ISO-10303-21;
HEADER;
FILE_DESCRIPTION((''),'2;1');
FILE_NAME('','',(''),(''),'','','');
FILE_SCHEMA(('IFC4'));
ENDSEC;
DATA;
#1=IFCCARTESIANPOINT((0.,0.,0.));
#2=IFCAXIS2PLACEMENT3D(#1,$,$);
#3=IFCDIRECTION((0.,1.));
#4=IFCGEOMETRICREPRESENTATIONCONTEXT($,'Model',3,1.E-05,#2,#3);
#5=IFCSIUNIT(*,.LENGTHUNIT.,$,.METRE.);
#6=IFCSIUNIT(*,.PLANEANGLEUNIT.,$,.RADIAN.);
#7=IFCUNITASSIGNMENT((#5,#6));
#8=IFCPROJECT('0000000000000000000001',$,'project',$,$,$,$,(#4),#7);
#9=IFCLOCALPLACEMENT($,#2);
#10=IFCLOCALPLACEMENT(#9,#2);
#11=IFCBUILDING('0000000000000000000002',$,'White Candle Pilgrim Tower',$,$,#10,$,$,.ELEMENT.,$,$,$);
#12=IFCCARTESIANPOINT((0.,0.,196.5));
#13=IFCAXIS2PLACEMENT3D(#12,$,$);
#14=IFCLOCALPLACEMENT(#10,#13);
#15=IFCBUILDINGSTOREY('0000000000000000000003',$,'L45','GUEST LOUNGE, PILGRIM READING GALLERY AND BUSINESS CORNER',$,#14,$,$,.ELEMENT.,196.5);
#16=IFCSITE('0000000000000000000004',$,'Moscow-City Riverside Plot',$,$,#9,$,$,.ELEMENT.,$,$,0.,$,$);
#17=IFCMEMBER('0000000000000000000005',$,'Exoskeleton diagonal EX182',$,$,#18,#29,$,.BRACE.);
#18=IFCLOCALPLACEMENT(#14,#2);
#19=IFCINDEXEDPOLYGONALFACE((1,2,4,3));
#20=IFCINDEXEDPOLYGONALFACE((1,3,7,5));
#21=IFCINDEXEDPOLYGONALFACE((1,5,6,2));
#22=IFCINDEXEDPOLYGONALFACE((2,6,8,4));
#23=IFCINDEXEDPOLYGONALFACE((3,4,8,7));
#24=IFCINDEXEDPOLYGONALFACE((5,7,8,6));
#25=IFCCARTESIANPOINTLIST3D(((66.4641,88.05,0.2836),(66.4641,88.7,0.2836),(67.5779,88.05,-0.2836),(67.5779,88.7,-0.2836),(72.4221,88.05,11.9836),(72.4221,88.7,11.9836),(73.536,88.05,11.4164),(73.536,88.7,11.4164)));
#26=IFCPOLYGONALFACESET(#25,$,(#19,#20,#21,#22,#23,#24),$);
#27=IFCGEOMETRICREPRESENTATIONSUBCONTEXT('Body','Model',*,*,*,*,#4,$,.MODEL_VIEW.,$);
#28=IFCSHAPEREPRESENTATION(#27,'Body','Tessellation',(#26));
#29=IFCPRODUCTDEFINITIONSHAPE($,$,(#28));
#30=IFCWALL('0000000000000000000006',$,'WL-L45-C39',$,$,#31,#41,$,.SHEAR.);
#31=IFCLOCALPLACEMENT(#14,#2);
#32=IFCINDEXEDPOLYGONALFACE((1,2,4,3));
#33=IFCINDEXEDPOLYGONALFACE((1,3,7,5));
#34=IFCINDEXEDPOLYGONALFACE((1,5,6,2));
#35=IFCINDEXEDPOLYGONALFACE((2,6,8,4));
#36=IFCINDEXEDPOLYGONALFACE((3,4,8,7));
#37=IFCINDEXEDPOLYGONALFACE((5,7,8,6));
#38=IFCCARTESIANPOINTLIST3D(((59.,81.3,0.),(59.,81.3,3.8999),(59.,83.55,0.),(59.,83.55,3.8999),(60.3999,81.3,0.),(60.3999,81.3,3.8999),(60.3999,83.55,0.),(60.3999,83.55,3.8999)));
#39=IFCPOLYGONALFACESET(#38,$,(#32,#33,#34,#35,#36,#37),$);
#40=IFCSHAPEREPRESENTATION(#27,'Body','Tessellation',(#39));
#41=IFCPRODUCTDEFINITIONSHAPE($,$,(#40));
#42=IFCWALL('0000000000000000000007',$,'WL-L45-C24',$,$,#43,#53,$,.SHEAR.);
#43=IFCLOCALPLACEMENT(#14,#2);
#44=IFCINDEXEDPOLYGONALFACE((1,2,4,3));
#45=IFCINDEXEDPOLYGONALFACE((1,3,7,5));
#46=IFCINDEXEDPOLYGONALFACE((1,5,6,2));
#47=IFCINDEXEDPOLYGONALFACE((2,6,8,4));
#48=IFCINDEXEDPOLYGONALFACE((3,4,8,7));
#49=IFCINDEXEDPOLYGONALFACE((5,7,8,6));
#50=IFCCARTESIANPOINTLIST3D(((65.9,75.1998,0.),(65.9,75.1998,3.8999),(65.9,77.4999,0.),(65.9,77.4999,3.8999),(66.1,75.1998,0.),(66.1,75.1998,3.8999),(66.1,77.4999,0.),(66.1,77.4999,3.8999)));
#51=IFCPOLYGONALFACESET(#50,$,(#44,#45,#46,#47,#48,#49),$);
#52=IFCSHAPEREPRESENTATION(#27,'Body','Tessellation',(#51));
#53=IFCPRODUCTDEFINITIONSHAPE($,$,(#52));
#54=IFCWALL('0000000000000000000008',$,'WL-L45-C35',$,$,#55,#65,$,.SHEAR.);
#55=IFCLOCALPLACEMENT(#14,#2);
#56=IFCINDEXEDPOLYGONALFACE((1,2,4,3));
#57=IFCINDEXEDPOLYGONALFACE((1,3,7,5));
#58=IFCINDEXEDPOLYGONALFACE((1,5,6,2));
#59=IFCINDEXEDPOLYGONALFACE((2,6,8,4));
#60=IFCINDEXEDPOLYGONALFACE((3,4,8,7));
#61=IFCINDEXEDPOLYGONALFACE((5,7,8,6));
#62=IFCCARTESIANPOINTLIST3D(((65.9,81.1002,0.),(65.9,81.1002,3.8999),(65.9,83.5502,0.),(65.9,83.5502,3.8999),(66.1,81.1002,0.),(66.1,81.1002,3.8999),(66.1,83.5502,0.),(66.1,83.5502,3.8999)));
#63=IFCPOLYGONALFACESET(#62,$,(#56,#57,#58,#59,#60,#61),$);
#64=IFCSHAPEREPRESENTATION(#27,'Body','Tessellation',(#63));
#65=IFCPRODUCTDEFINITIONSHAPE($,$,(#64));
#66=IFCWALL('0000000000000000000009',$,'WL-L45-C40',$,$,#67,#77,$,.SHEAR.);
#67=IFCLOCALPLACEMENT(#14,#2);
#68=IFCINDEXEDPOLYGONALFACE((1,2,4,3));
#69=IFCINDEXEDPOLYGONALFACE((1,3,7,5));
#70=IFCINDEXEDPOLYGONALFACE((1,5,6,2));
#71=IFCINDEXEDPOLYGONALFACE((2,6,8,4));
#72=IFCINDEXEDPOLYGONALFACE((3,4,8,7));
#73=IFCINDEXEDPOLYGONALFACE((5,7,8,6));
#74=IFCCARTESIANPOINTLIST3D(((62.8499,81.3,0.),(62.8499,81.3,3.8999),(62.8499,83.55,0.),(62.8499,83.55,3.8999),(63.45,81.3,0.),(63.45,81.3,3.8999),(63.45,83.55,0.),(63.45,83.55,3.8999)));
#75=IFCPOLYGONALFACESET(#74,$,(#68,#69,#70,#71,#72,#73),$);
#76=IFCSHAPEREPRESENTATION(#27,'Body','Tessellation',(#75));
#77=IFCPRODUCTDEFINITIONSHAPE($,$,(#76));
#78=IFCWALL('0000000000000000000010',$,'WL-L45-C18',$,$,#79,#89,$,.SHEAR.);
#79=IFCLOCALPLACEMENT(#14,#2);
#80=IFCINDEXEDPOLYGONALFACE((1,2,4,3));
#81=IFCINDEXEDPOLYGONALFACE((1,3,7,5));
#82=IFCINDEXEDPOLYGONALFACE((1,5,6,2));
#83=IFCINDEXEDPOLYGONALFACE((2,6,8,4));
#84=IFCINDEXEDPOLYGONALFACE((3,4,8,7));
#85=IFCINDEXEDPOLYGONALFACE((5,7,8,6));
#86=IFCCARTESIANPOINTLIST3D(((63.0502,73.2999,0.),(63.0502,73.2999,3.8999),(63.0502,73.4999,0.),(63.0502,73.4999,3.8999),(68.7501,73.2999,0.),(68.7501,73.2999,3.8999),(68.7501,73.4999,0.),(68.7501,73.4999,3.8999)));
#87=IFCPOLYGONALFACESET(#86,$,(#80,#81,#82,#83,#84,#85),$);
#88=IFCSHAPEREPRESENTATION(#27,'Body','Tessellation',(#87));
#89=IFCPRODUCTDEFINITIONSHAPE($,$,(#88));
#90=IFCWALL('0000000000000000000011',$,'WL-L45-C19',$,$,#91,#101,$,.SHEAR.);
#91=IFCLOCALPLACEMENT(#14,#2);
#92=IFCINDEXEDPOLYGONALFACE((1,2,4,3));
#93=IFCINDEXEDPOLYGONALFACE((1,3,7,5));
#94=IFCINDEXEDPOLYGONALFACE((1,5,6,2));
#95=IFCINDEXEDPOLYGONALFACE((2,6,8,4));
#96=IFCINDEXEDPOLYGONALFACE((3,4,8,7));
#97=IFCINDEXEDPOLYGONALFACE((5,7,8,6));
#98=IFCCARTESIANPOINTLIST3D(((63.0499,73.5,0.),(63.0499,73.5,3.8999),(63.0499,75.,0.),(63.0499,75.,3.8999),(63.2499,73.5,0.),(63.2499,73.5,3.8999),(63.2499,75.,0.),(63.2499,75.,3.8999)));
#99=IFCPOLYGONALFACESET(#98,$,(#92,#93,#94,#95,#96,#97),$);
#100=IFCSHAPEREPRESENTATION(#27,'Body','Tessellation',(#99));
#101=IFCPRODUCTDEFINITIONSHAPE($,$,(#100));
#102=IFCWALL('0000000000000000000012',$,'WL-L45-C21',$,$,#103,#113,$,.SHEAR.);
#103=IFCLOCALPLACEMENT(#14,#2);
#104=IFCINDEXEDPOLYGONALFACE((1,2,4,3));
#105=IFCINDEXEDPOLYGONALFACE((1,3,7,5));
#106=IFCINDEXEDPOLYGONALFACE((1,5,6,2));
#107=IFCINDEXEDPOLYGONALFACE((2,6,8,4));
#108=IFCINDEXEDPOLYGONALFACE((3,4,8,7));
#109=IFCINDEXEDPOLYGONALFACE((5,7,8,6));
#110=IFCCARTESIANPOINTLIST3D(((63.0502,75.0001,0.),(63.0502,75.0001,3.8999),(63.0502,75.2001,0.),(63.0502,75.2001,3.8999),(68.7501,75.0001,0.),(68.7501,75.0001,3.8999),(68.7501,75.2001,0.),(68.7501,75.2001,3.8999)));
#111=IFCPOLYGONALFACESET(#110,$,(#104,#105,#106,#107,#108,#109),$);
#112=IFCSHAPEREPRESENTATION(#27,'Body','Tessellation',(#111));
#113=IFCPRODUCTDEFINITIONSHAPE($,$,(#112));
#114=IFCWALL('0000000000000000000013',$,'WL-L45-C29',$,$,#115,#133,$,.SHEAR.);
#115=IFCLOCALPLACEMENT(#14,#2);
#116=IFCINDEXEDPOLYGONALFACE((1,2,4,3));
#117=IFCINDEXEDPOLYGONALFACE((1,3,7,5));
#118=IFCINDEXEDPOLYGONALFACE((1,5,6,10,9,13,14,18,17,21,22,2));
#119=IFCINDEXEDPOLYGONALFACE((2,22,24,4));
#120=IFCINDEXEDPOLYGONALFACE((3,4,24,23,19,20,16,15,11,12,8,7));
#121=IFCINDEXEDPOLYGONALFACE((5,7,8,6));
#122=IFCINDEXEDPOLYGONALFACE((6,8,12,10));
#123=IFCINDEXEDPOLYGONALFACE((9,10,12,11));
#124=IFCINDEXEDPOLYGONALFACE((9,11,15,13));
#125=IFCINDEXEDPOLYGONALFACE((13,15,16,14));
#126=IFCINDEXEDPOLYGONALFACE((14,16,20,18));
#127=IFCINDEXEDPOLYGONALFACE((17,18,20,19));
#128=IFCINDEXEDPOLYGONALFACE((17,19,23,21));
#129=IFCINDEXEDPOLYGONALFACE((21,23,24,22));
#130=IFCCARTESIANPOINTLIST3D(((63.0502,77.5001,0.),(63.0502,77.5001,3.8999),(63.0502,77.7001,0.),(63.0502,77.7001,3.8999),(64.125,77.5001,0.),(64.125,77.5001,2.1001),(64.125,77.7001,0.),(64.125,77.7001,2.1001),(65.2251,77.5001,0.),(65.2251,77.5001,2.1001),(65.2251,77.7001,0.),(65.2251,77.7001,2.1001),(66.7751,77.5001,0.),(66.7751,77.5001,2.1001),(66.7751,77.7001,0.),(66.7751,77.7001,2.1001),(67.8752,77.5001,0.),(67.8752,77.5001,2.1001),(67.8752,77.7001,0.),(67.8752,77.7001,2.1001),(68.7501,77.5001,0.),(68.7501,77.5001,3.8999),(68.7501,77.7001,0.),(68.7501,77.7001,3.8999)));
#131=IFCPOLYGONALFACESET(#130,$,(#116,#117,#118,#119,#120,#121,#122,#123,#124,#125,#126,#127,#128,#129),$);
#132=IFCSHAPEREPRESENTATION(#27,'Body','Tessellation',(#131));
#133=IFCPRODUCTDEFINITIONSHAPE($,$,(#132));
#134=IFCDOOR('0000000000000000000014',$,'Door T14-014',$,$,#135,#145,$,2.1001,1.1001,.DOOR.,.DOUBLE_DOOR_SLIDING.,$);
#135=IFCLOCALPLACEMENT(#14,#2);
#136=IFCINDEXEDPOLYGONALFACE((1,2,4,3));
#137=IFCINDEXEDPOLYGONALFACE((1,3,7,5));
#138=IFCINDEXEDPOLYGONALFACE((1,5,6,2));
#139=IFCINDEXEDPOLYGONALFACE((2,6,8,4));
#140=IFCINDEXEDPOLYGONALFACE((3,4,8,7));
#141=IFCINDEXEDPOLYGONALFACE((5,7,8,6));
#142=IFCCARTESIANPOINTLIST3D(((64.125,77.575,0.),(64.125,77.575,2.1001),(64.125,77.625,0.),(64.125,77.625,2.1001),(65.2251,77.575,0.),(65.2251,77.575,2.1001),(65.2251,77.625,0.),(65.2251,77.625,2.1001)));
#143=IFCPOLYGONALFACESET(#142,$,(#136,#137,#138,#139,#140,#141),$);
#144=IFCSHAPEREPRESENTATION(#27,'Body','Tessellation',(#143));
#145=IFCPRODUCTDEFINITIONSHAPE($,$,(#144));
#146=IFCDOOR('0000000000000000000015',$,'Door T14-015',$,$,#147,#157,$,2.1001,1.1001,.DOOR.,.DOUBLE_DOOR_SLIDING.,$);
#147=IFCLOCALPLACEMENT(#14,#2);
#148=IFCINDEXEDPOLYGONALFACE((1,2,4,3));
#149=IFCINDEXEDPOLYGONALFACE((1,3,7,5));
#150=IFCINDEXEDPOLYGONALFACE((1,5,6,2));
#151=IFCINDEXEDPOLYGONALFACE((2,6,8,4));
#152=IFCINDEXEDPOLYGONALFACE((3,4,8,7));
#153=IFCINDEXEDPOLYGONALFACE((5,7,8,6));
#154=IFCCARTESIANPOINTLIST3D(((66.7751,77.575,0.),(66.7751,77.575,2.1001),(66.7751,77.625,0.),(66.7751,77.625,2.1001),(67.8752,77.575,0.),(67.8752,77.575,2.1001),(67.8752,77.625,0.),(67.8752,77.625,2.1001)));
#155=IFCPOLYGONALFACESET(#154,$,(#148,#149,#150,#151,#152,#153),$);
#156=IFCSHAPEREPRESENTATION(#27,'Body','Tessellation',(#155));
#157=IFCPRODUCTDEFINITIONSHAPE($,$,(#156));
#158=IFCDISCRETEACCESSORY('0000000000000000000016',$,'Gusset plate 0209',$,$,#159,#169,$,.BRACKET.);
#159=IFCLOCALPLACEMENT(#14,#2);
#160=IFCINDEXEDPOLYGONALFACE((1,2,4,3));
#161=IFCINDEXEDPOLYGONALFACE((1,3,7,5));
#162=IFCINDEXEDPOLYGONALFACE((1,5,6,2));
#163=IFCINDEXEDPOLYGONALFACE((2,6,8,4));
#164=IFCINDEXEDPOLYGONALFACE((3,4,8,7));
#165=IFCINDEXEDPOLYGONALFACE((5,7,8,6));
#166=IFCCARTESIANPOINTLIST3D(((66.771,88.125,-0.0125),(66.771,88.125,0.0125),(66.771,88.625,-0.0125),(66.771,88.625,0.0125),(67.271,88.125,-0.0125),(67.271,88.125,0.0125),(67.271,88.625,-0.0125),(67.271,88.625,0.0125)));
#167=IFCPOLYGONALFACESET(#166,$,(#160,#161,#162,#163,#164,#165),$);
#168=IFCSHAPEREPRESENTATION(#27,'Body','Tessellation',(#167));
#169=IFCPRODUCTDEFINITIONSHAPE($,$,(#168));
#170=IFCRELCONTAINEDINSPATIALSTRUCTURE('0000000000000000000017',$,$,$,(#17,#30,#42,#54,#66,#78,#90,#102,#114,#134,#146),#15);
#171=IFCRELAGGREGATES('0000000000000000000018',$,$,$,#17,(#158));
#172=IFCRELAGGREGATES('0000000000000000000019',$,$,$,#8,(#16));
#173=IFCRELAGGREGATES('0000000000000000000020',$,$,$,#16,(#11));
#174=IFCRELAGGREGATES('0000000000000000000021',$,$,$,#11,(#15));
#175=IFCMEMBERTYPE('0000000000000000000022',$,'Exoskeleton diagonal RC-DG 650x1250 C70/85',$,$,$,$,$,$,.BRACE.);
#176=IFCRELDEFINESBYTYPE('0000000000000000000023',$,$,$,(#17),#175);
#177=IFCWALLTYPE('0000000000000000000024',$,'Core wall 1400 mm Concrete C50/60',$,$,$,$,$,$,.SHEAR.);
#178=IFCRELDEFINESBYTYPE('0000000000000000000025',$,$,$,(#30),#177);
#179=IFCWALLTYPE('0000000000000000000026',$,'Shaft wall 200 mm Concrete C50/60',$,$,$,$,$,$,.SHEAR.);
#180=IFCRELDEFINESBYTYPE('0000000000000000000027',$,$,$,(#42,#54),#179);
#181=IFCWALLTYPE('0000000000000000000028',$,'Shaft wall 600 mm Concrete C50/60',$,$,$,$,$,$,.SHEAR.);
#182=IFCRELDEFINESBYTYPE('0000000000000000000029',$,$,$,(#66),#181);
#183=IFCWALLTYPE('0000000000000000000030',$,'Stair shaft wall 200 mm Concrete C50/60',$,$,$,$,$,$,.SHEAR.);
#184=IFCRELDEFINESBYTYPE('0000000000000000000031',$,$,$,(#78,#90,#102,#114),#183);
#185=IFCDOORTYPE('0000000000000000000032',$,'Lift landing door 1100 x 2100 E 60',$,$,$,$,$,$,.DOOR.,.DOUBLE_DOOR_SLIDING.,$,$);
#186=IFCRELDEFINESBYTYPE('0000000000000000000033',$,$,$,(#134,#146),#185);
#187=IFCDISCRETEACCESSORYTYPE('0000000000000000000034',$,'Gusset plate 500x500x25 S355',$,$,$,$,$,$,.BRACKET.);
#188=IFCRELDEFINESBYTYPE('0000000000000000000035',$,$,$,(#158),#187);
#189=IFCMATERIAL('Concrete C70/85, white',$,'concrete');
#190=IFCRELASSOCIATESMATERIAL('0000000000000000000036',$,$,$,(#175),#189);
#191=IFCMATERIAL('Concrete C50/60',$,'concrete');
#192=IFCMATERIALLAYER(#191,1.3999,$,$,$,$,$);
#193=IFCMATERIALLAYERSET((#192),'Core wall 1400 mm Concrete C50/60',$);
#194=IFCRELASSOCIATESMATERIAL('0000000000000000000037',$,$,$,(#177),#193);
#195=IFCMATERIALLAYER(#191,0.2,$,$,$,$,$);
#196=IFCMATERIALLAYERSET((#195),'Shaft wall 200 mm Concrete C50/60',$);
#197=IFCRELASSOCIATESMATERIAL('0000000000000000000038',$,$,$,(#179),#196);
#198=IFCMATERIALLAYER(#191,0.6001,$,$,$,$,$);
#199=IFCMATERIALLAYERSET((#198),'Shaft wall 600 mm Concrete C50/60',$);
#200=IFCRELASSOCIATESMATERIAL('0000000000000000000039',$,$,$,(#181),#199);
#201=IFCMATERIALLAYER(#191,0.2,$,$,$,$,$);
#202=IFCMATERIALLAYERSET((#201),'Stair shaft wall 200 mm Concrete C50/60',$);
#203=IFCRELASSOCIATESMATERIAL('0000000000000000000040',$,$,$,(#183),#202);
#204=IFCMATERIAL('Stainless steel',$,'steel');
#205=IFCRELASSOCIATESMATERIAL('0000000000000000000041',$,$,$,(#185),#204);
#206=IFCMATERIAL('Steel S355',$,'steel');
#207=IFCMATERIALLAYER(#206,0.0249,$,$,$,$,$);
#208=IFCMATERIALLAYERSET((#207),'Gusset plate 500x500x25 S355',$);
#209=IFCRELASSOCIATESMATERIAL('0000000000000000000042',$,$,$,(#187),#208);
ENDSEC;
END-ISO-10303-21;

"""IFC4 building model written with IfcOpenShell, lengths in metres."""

from ifc_helpers import new_model, si_unit, direction, frame, frame_2d, origin, origin_2d, place, context, subcontext, project, spatial, rectangle, extrude, material, layer, layer_set, material_profile, profile_set, type_object, element, fill, aggregate, save


model = new_model("IFC4")

# Units and contexts
model_context = context("Model", 3, precision=1e-05, world=origin(), true_north=direction((0.0, 1.0)))
body_context = subcontext(model_context, "Body", "Model", "MODEL_VIEW")
ifc_project = project(units=[si_unit("LENGTHUNIT", "METRE"), si_unit("PLANEANGLEUNIT", "RADIAN")], contexts=[model_context])

# Site, building, storey
site_placement = place(None, origin())
site = spatial("IfcSite", under=ifc_project, at=site_placement, Name="Moscow-City Riverside Plot", CompositionType="ELEMENT", RefElevation=0.0)
building_placement = place(site_placement, origin())
building = spatial("IfcBuilding", under=site, at=building_placement, Name="White Candle Pilgrim Tower", CompositionType="ELEMENT")
storey_placement = place(building_placement, frame((0.0, 0.0, 196.5)))
storey = spatial("IfcBuildingStorey", under=building, at=storey_placement, Name="L45", Description="GUEST LOUNGE, PILGRIM READING GALLERY AND BUSINESS CORNER", CompositionType="ELEMENT", Elevation=196.5)

# Member
ifc_material_1 = material(Name="Concrete C70/85, white", Category="concrete")
ifc_material_profile = material_profile(ifc_material_1, rectangle(XDim=0.6499, YDim=1.25, at=origin_2d()), Name="RC-DG 650x1250")
ifc_profile_set = profile_set([ifc_material_profile], Name="Concrete C70/85, white")
member_type = type_object("IfcMemberType", Name="Exoskeleton diagonal RC-DG 650x1250 C70/85", PredefinedType="BRACE", material=ifc_profile_set)
member_placement = place(storey_placement, frame((67.021, 88.375, 0.0), z_axis=(0.453784, 0.0, 0.891112), x_axis=(0.0, 1.0, 0.0)))
member = element("IfcMember", 1, at=member_placement, inside=storey, type_object=member_type, Name="Exoskeleton diagonal EX182", PredefinedType="BRACE", context=body_context, shape_type="SweptSolid", body=[
    extrude(rectangle(XDim=0.6499, YDim=1.25, at=origin_2d()), origin(), (0.0, 0.0, 1.0), 13.1296),
])

# Walls
ifc_material_2 = material(Name="Concrete C50/60", Category="concrete")
ifc_layer_1 = layer(ifc_material_2, 1.3999)
ifc_layer_set_1 = layer_set([ifc_layer_1], Name="Core wall 1400 mm Concrete C50/60")
wall_type_1 = type_object("IfcWallType", Name="Core wall 1400 mm Concrete C50/60", PredefinedType="SHEAR", material=ifc_layer_set_1)
wall_1_placement = place(storey_placement, frame((59.7, 81.3, 0.0), z_axis=(0.0, 0.0, 1.0), x_axis=(0.0, 1.0, 0.0)))
element("IfcWall", 2, at=wall_1_placement, inside=storey, type_object=wall_type_1, Name="WL-L45-C39", PredefinedType="SHEAR", context=body_context, shape_type="SweptSolid", body=[
    extrude(rectangle(XDim=2.25, YDim=1.3999, at=frame_2d((1.125, 0.0))), origin(), (0.0, 0.0, 1.0), 3.8999),
])
ifc_layer_2 = layer(ifc_material_2, 0.2)
ifc_layer_set_2 = layer_set([ifc_layer_2], Name="Shaft wall 200 mm Concrete C50/60")
wall_type_2 = type_object("IfcWallType", Name="Shaft wall 200 mm Concrete C50/60", PredefinedType="SHEAR", material=ifc_layer_set_2)
wall_2_placement = place(storey_placement, frame((66.0, 75.2, 0.0), z_axis=(0.0, 0.0, 1.0), x_axis=(0.0, 1.0, 0.0)))
element("IfcWall", 3, at=wall_2_placement, inside=storey, type_object=wall_type_2, Name="WL-L45-C24", PredefinedType="SHEAR", context=body_context, shape_type="SweptSolid", body=[
    extrude(rectangle(XDim=2.3, YDim=0.2, at=frame_2d((1.1499, 0.0))), origin(), (0.0, 0.0, 1.0), 3.8999),
])
wall_3_placement = place(storey_placement, frame((66.0, 81.1001, 0.0), z_axis=(0.0, 0.0, 1.0), x_axis=(0.0, 1.0, 0.0)))
element("IfcWall", 4, at=wall_3_placement, inside=storey, type_object=wall_type_2, Name="WL-L45-C35", PredefinedType="SHEAR", context=body_context, shape_type="SweptSolid", body=[
    extrude(rectangle(XDim=2.45, YDim=0.2, at=frame_2d((1.2251, 0.0))), origin(), (0.0, 0.0, 1.0), 3.8999),
])
ifc_layer_3 = layer(ifc_material_2, 0.6001)
ifc_layer_set_3 = layer_set([ifc_layer_3], Name="Shaft wall 600 mm Concrete C50/60")
wall_type_3 = type_object("IfcWallType", Name="Shaft wall 600 mm Concrete C50/60", PredefinedType="SHEAR", material=ifc_layer_set_3)
wall_4_placement = place(storey_placement, frame((63.1499, 81.3, 0.0), z_axis=(0.0, 0.0, 1.0), x_axis=(0.0, 1.0, 0.0)))
element("IfcWall", 5, at=wall_4_placement, inside=storey, type_object=wall_type_3, Name="WL-L45-C40", PredefinedType="SHEAR", context=body_context, shape_type="SweptSolid", body=[
    extrude(rectangle(XDim=2.25, YDim=0.6001, at=frame_2d((1.125, 0.0))), origin(), (0.0, 0.0, 1.0), 3.8999),
])
ifc_layer_4 = layer(ifc_material_2, 0.2)
ifc_layer_set_4 = layer_set([ifc_layer_4], Name="Stair shaft wall 200 mm Concrete C50/60")
wall_type_4 = type_object("IfcWallType", Name="Stair shaft wall 200 mm Concrete C50/60", PredefinedType="SHEAR", material=ifc_layer_set_4)
wall_5_placement = place(storey_placement, frame((63.05, 73.3999, 0.0), z_axis=(0.0, 0.0, 1.0), x_axis=(1.0, 0.0, 0.0)))
element("IfcWall", 6, at=wall_5_placement, inside=storey, type_object=wall_type_4, Name="WL-L45-C18", PredefinedType="SHEAR", context=body_context, shape_type="SweptSolid", body=[
    extrude(rectangle(XDim=5.7, YDim=0.2, at=frame_2d((2.8501, 0.0))), origin(), (0.0, 0.0, 1.0), 3.8999),
])
wall_6_placement = place(storey_placement, frame((63.1499, 73.5, 0.0), z_axis=(0.0, 0.0, 1.0), x_axis=(0.0, 1.0, 0.0)))
element("IfcWall", 7, at=wall_6_placement, inside=storey, type_object=wall_type_4, Name="WL-L45-C19", PredefinedType="SHEAR", context=body_context, shape_type="SweptSolid", body=[
    extrude(rectangle(XDim=1.5, YDim=0.2, at=frame_2d((0.75, 0.0))), origin(), (0.0, 0.0, 1.0), 3.8999),
])
wall_7_placement = place(storey_placement, frame((63.05, 75.1001, 0.0), z_axis=(0.0, 0.0, 1.0), x_axis=(1.0, 0.0, 0.0)))
element("IfcWall", 8, at=wall_7_placement, inside=storey, type_object=wall_type_4, Name="WL-L45-C21", PredefinedType="SHEAR", context=body_context, shape_type="SweptSolid", body=[
    extrude(rectangle(XDim=5.7, YDim=0.2, at=frame_2d((2.8501, 0.0))), origin(), (0.0, 0.0, 1.0), 3.8999),
])

# Wall, openings, doors
wall_8_placement = place(storey_placement, frame((63.05, 77.6001, 0.0), z_axis=(0.0, 0.0, 1.0), x_axis=(1.0, 0.0, 0.0)))
wall_8 = element("IfcWall", 9, at=wall_8_placement, inside=storey, type_object=wall_type_4, Name="WL-L45-C29", PredefinedType="SHEAR", context=body_context, shape_type="SweptSolid", body=[
    extrude(rectangle(XDim=5.7, YDim=0.2, at=frame_2d((2.8501, 0.0))), origin(), (0.0, 0.0, 1.0), 3.8999),
])
opening_1_placement = place(wall_8_placement, frame((1.075, 0.0, 0.0)))
opening_1 = element("IfcOpeningElement", 10, at=opening_1_placement, cuts=wall_8, PredefinedType="OPENING", context=body_context, shape_type="SweptSolid", body=[
    extrude(rectangle(XDim=1.1001, YDim=2.1001, at=frame_2d((0.55, 1.05))), frame((0.0, 0.1099, 0.0), z_axis=(0.0, -1.0, 0.0), x_axis=(1.0, 0.0, 0.0)), (0.0, 0.0, 1.0), 0.22),
])
opening_2_placement = place(wall_8_placement, frame((3.7251, 0.0, 0.0)))
opening_2 = element("IfcOpeningElement", 11, at=opening_2_placement, cuts=wall_8, PredefinedType="OPENING", context=body_context, shape_type="SweptSolid", body=[
    extrude(rectangle(XDim=1.1001, YDim=2.1001, at=frame_2d((0.55, 1.05))), frame((0.0, 0.1099, 0.0), z_axis=(0.0, -1.0, 0.0), x_axis=(1.0, 0.0, 0.0)), (0.0, 0.0, 1.0), 0.22),
])
ifc_material_3 = material(Name="Stainless steel", Category="steel")
door_type = type_object("IfcDoorType", Name="Lift landing door 1100 x 2100 E 60", OperationType="DOUBLE_DOOR_SLIDING", PredefinedType="DOOR", material=ifc_material_3)
door_1_placement = place(opening_1_placement, origin())
door_1 = element("IfcDoor", 12, at=door_1_placement, inside=storey, type_object=door_type, Name="Door T14-014", OperationType="DOUBLE_DOOR_SLIDING", OverallHeight=2.1001, OverallWidth=1.1001, PredefinedType="DOOR", context=body_context, shape_type="SweptSolid", body=[
    extrude(rectangle(XDim=1.1001, YDim=2.1001, at=frame_2d((0.55, 1.05))), frame((0.0, 0.0249, 0.0), z_axis=(0.0, -1.0, 0.0), x_axis=(1.0, 0.0, 0.0)), (0.0, 0.0, 1.0), 0.05),
])
fill(opening_1, door_1)
door_2_placement = place(opening_2_placement, origin())
door_2 = element("IfcDoor", 13, at=door_2_placement, inside=storey, type_object=door_type, Name="Door T14-015", OperationType="DOUBLE_DOOR_SLIDING", OverallHeight=2.1001, OverallWidth=1.1001, PredefinedType="DOOR", context=body_context, shape_type="SweptSolid", body=[
    extrude(rectangle(XDim=1.1001, YDim=2.1001, at=frame_2d((0.55, 1.05))), frame((0.0, 0.0249, 0.0), z_axis=(0.0, -1.0, 0.0), x_axis=(1.0, 0.0, 0.0)), (0.0, 0.0, 1.0), 0.05),
])
fill(opening_2, door_2)

# Discrete accessory
ifc_material_4 = material(Name="Steel S355", Category="steel")
ifc_layer_5 = layer(ifc_material_4, 0.0249)
ifc_layer_set_5 = layer_set([ifc_layer_5], Name="Gusset plate 500x500x25 S355")
discrete_accessory_type = type_object("IfcDiscreteAccessoryType", Name="Gusset plate 500x500x25 S355", PredefinedType="BRACKET", material=ifc_layer_set_5)
discrete_accessory_placement = place(storey_placement, frame((67.021, 88.375, -0.0125), z_axis=(0.0, 0.0, 1.0), x_axis=(1.0, 0.0, 0.0)))
discrete_accessory = element("IfcDiscreteAccessory", 14, at=discrete_accessory_placement, type_object=discrete_accessory_type, Name="Gusset plate 0209", PredefinedType="BRACKET", context=body_context, shape_type="SweptSolid", body=[
    extrude(rectangle(XDim=0.5, YDim=0.5, at=origin_2d()), origin(), (0.0, 0.0, 1.0), 0.0249),
])
aggregate(member, [discrete_accessory])

save(model, "model.ifc")
